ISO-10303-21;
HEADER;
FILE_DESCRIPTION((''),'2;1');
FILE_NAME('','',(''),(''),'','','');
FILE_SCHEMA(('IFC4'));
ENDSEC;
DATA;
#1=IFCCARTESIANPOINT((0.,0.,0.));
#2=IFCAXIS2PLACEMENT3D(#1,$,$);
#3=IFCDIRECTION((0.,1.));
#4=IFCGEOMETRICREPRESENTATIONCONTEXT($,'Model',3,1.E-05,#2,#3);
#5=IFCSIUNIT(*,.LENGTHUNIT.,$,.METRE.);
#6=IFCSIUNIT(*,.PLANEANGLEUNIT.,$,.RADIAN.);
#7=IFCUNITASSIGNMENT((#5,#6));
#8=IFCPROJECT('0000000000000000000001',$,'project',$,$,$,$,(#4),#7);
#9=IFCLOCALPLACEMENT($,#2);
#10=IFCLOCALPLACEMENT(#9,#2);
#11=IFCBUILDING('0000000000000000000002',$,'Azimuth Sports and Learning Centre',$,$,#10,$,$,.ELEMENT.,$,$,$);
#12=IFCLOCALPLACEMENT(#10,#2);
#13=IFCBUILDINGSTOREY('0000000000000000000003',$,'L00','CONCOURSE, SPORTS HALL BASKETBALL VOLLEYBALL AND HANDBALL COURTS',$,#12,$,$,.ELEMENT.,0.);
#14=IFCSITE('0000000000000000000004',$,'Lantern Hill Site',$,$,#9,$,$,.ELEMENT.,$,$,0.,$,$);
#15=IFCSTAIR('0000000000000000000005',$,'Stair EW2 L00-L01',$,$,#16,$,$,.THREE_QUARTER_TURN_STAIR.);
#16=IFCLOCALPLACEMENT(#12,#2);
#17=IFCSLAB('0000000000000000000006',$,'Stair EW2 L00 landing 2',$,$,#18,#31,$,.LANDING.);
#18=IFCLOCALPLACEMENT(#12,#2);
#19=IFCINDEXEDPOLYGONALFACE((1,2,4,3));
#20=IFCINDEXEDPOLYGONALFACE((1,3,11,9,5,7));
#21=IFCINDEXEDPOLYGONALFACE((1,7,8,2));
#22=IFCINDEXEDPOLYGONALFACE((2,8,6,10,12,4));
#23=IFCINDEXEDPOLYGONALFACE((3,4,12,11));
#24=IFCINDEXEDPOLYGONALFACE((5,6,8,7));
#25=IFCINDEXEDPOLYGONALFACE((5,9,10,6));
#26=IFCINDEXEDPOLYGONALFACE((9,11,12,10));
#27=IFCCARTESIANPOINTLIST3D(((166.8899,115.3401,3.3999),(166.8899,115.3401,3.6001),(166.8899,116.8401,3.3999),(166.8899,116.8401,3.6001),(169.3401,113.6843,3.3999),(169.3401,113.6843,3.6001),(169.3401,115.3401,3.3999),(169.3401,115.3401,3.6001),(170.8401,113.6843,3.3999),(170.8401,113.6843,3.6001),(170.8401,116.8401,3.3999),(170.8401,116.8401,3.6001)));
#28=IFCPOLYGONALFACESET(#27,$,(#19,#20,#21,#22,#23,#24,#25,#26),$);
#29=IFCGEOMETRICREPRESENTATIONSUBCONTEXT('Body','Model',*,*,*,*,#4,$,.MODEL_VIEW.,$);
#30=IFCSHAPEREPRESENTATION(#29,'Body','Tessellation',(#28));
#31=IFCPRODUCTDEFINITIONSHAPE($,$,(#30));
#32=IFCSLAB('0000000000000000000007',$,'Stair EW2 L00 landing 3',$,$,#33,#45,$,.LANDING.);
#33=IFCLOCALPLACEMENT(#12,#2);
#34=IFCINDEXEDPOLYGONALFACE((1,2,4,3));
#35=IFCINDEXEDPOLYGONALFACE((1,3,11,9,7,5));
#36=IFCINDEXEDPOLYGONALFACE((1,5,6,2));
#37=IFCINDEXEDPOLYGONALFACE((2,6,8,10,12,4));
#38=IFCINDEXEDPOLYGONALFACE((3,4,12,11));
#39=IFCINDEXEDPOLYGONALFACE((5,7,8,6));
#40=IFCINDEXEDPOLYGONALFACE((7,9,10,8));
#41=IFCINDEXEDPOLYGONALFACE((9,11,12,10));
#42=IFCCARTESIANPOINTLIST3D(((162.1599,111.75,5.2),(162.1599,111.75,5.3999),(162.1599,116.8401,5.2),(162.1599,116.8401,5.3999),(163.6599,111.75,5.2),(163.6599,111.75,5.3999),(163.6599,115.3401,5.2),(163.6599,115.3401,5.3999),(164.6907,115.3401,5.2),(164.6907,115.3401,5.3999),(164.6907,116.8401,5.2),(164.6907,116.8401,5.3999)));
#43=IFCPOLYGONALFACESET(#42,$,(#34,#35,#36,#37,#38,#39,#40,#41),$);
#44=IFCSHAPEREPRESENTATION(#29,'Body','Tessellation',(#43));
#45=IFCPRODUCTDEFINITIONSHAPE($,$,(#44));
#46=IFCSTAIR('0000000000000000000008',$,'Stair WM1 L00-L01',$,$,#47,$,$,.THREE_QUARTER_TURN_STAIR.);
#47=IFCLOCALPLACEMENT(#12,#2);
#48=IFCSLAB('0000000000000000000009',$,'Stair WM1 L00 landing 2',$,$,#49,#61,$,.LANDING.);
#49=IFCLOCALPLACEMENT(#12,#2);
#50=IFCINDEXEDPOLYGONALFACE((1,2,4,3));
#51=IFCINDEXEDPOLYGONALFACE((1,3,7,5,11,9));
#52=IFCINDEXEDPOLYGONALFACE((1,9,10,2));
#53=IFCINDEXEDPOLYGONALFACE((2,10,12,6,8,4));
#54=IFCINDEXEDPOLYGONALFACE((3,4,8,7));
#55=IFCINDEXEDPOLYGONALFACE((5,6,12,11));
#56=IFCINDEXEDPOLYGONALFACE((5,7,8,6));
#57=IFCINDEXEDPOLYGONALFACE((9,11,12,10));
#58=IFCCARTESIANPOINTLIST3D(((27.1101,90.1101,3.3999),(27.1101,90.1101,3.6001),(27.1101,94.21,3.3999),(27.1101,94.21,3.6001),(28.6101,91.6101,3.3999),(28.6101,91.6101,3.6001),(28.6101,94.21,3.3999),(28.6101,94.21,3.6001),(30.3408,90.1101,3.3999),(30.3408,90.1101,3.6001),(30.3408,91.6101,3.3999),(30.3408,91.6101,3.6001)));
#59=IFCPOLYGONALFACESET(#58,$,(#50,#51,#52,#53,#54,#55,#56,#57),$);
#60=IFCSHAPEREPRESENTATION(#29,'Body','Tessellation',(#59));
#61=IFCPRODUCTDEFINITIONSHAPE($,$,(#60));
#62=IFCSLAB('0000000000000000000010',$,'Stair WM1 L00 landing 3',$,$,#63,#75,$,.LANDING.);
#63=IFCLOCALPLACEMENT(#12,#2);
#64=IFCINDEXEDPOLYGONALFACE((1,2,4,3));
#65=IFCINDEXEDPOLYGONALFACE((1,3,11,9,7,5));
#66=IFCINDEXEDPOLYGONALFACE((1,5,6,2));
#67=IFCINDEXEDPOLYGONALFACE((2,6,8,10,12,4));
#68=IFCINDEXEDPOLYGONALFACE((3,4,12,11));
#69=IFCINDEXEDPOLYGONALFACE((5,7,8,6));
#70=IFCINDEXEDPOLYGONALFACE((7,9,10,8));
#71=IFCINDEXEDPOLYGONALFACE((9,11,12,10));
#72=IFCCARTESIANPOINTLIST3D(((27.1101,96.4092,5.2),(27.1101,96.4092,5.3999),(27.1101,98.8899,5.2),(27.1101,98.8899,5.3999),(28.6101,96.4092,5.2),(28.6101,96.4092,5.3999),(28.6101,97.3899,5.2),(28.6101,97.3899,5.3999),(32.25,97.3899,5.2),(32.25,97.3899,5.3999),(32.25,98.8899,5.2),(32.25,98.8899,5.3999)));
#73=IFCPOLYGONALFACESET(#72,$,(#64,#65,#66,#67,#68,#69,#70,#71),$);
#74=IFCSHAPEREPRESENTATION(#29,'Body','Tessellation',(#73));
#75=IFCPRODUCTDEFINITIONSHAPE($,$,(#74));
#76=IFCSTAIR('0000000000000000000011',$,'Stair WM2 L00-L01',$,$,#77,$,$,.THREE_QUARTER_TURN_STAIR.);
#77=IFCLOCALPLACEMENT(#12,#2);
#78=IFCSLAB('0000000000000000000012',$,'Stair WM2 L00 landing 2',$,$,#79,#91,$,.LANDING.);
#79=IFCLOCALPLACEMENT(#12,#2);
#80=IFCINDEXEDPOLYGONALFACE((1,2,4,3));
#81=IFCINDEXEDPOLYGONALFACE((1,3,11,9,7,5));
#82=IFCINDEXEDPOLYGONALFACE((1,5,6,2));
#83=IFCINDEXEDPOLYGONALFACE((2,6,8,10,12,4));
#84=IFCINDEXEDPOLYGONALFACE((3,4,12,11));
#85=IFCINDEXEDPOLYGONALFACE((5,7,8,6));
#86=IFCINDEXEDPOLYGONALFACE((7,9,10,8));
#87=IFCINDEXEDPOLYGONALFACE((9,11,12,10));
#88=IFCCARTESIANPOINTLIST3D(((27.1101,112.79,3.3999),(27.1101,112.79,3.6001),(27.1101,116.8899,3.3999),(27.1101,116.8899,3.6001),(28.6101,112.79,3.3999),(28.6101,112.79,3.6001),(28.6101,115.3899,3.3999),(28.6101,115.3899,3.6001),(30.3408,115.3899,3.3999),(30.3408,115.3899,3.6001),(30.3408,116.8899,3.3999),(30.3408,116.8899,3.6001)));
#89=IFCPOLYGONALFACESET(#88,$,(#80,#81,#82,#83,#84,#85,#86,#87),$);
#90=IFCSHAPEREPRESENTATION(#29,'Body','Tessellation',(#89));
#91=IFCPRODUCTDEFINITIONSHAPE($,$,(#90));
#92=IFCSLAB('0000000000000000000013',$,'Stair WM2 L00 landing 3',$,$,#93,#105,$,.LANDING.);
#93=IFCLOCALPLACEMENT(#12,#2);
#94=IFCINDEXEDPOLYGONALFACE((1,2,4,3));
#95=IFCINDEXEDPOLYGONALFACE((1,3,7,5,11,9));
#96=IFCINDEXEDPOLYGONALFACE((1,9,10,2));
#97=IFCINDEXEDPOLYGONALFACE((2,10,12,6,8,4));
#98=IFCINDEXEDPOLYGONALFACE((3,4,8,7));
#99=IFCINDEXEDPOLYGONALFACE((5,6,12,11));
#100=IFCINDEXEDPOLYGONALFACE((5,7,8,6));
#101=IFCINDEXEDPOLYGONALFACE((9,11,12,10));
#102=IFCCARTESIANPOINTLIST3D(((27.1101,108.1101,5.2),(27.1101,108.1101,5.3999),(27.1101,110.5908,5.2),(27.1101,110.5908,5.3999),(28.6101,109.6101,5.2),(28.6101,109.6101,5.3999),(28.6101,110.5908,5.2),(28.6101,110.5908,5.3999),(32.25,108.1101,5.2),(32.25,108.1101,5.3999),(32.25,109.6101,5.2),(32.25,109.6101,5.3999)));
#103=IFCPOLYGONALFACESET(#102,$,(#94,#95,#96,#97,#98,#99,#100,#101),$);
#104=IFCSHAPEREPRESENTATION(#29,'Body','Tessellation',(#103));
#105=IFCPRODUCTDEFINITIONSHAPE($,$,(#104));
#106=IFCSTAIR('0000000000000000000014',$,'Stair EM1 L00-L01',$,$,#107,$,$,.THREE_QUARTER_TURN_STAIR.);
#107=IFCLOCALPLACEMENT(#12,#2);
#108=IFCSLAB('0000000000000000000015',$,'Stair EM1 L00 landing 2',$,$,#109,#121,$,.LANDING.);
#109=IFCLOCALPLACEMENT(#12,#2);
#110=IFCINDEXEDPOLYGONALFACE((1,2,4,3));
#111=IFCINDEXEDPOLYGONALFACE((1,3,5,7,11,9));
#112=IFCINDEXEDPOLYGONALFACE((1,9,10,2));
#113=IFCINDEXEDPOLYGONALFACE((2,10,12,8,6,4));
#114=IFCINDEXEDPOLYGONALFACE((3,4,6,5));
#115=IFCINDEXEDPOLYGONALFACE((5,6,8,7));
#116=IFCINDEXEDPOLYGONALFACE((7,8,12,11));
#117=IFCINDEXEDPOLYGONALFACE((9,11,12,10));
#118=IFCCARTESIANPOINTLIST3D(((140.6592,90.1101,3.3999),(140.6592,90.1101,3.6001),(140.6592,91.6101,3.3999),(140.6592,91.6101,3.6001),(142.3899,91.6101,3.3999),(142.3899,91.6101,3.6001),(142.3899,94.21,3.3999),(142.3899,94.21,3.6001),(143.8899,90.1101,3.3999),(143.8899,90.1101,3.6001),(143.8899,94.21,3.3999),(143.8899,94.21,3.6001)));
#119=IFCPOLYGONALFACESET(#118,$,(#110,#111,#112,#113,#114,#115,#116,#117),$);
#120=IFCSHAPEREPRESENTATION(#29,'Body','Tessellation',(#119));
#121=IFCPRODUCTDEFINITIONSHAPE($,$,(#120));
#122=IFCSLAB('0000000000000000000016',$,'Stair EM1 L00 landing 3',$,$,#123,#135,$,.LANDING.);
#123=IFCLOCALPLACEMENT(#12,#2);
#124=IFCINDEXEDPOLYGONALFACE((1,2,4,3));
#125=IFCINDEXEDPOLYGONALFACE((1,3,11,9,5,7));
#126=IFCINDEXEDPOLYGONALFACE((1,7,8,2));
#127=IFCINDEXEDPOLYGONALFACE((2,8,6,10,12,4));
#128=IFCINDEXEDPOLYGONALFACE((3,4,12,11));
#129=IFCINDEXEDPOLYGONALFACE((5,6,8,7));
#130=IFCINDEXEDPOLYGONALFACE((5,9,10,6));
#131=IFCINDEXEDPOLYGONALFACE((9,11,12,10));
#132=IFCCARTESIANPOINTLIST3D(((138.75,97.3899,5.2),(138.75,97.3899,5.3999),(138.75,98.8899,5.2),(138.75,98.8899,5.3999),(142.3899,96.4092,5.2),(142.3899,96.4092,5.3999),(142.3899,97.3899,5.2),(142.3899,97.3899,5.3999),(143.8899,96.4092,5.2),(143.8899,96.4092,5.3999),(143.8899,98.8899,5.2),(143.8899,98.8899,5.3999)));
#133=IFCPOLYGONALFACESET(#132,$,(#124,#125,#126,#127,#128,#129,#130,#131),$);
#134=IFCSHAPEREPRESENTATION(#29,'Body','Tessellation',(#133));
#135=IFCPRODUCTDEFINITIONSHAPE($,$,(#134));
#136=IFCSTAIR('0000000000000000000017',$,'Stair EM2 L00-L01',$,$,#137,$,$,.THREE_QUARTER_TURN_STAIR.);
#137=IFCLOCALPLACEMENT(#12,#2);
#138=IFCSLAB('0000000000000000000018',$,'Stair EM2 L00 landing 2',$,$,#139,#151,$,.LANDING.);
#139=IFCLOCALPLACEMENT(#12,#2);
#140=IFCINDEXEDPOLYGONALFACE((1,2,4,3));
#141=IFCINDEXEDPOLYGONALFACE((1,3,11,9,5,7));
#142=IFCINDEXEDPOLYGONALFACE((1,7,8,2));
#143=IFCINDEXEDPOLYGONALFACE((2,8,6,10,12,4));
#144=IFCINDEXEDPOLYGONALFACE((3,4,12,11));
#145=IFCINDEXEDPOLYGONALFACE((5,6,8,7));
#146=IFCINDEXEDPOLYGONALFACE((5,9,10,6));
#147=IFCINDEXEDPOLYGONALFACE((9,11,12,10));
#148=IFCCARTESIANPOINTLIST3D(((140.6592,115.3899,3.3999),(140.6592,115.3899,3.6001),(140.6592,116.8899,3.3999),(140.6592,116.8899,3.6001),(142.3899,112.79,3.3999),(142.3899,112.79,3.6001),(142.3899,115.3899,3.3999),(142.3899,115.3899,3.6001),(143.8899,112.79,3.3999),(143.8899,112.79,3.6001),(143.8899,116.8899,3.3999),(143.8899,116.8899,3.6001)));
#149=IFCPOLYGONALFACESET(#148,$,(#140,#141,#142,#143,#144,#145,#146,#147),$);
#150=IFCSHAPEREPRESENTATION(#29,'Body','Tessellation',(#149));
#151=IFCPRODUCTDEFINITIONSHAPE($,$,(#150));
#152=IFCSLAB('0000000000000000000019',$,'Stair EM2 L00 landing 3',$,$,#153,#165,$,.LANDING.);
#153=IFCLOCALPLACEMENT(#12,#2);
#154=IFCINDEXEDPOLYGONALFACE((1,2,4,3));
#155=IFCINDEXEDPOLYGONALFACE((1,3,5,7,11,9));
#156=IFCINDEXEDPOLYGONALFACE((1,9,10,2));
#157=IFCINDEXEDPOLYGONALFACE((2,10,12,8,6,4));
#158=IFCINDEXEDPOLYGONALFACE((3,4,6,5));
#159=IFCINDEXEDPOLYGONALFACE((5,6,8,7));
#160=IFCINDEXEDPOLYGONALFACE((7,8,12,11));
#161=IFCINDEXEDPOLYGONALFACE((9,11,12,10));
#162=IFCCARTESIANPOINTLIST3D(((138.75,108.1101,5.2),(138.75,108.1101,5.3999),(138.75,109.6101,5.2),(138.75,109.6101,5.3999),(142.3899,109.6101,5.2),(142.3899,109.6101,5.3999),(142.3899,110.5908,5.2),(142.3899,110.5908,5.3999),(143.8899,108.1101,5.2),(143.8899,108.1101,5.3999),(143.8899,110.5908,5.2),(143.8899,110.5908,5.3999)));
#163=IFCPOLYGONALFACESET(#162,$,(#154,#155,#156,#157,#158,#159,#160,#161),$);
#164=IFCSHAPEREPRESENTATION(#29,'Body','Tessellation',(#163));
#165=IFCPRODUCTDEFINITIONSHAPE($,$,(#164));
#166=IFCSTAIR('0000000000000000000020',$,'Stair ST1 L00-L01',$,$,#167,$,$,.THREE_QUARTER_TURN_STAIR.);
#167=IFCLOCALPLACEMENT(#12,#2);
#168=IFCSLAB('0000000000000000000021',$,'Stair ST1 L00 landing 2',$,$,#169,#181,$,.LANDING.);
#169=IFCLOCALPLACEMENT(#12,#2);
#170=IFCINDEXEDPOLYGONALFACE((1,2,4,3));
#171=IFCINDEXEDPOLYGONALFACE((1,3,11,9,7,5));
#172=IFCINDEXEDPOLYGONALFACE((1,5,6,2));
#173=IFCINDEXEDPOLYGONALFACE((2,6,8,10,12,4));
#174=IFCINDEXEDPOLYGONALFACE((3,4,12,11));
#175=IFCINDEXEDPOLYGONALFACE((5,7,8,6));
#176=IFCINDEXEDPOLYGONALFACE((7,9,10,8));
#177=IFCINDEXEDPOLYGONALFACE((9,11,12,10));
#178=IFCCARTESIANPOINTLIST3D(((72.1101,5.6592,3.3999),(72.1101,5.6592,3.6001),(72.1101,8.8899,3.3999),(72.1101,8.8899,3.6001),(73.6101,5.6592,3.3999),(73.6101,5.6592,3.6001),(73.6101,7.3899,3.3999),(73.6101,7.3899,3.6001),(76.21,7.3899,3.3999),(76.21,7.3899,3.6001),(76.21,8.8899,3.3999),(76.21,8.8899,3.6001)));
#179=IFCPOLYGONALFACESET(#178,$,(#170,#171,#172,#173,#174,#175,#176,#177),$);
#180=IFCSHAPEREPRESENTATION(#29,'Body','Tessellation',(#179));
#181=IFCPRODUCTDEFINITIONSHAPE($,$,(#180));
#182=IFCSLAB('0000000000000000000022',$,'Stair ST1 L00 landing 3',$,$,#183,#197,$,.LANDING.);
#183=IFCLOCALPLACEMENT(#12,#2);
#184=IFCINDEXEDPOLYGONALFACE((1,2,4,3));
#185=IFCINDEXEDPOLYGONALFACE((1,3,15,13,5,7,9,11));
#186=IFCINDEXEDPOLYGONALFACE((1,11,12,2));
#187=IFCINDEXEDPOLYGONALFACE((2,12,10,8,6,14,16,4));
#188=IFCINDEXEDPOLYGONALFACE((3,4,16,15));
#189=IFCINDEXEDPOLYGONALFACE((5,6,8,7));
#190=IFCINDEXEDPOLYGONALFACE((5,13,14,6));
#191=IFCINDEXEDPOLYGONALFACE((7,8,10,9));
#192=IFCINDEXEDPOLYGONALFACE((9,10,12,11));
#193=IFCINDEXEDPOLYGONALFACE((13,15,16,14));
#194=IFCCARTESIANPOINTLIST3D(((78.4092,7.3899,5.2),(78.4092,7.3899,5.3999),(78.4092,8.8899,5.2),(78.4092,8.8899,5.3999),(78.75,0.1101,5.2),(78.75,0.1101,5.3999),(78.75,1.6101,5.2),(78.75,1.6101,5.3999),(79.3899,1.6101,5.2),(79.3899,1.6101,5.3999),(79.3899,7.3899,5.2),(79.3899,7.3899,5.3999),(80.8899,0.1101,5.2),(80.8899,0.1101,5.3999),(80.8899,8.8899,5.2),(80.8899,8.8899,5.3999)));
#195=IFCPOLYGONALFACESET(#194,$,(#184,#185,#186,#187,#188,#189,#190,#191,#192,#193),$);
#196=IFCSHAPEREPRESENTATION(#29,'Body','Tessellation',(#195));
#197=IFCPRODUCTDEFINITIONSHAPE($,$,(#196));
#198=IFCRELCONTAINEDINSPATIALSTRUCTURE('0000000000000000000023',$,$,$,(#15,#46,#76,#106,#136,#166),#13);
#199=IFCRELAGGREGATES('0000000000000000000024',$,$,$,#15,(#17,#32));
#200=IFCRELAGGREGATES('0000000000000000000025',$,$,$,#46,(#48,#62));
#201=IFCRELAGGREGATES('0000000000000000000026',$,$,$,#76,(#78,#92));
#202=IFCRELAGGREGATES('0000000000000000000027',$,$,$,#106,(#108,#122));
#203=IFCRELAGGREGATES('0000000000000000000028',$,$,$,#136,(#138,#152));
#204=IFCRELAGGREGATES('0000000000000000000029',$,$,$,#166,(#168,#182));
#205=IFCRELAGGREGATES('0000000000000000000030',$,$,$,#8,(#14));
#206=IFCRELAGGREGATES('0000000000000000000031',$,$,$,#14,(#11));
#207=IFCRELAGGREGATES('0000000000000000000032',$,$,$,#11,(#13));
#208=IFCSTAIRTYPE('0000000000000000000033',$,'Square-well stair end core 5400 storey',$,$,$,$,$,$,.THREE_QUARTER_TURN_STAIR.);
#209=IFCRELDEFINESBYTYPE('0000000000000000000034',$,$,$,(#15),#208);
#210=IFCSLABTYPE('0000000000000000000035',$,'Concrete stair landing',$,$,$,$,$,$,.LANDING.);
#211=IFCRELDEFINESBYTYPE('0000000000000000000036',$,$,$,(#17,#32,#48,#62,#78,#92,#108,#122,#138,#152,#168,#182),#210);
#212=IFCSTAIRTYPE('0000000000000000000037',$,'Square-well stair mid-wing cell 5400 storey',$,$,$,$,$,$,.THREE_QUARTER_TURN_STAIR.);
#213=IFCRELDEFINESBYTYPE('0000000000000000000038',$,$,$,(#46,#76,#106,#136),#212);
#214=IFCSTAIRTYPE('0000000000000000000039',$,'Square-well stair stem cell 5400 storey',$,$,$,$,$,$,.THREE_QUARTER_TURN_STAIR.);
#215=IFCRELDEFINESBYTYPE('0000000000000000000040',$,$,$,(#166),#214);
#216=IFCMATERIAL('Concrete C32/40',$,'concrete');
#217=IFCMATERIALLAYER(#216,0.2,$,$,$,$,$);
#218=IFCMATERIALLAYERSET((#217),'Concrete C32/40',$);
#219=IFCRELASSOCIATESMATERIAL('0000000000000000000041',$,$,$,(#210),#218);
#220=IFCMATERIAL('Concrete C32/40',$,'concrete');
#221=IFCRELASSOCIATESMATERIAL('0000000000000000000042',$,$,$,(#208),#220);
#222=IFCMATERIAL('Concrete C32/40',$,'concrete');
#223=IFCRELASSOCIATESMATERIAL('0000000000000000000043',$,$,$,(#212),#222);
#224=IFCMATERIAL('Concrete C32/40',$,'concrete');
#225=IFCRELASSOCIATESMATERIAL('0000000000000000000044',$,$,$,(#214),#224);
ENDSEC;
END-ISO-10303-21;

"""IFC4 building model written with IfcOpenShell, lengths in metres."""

from ifc_helpers import new_model, si_unit, direction, frame, origin, place, context, subcontext, project, spatial, polyline, outline, extrude, material, layer, layer_set, type_object, element, aggregate, save


model = new_model("IFC4")

# Units and contexts
model_context = context("Model", 3, precision=1e-05, world=origin(), true_north=direction((0.0, 1.0)))
body_context = subcontext(model_context, "Body", "Model", "MODEL_VIEW")
ifc_project = project(units=[si_unit("LENGTHUNIT", "METRE"), si_unit("PLANEANGLEUNIT", "RADIAN")], contexts=[model_context])

# Site, building, storey
site_placement = place(None, origin())
site = spatial("IfcSite", under=ifc_project, at=site_placement, Name="Lantern Hill Site", CompositionType="ELEMENT", RefElevation=0.0)
building_placement = place(site_placement, origin())
building = spatial("IfcBuilding", under=site, at=building_placement, Name="Azimuth Sports and Learning Centre", CompositionType="ELEMENT")
storey_placement = place(building_placement, origin())
storey = spatial("IfcBuildingStorey", under=building, at=storey_placement, Name="L00", Description="CONCOURSE, SPORTS HALL BASKETBALL VOLLEYBALL AND HANDBALL COURTS", CompositionType="ELEMENT", Elevation=0.0)

# Shared definitions
ifc_material_1 = material(Name="Concrete C32/40", Category="concrete")
ifc_layer = layer(ifc_material_1, 0.2)
ifc_layer_set = layer_set([ifc_layer], Name="Concrete C32/40")
slab_type = type_object("IfcSlabType", Name="Concrete stair landing", PredefinedType="LANDING", material=ifc_layer_set)

# Stairs, slabs
ifc_material_2 = material(Name="Concrete C32/40", Category="concrete")
stair_type_1 = type_object("IfcStairType", Name="Square-well stair end core 5400 storey", PredefinedType="THREE_QUARTER_TURN_STAIR", material=ifc_material_2)
stair_1_placement = place(storey_placement, origin())
stair_1 = element("IfcStair", 1, at=stair_1_placement, inside=storey, type_object=stair_type_1, Name="Stair EW2 L00-L01", PredefinedType="THREE_QUARTER_TURN_STAIR")
slab_1_placement = place(storey_placement, frame((0.0, 0.0, 3.3999)))
slab_1 = element("IfcSlab", 2, at=slab_1_placement, type_object=slab_type, Name="Stair EW2 L00 landing 2", PredefinedType="LANDING", context=body_context, shape_type="SweptSolid", body=[
    extrude(outline(polyline([(169.3401, 115.3401), (169.3401, 113.6843), (170.8401, 113.6843), (170.8401, 116.8401), (166.8899, 116.8401), (166.8899, 115.3401), (169.3401, 115.3401)])), origin(), (0.0, 0.0, 1.0), 0.2002),
])
slab_2_placement = place(storey_placement, frame((0.0, 0.0, 5.2)))
slab_2 = element("IfcSlab", 3, at=slab_2_placement, type_object=slab_type, Name="Stair EW2 L00 landing 3", PredefinedType="LANDING", context=body_context, shape_type="SweptSolid", body=[
    extrude(outline(polyline([(163.6599, 115.3401), (164.6907, 115.3401), (164.6907, 116.8401), (162.1599, 116.8401), (162.1599, 111.75), (163.6599, 111.75), (163.6599, 115.3401)])), origin(), (0.0, 0.0, 1.0), 0.2),
])
aggregate(stair_1, [slab_1, slab_2])
ifc_material_3 = material(Name="Concrete C32/40", Category="concrete")
stair_type_2 = type_object("IfcStairType", Name="Square-well stair mid-wing cell 5400 storey", PredefinedType="THREE_QUARTER_TURN_STAIR", material=ifc_material_3)
stair_2_placement = place(storey_placement, origin())
stair_2 = element("IfcStair", 4, at=stair_2_placement, inside=storey, type_object=stair_type_2, Name="Stair WM1 L00-L01", PredefinedType="THREE_QUARTER_TURN_STAIR")
slab_3_placement = place(storey_placement, frame((0.0, 0.0, 3.3999)))
slab_3 = element("IfcSlab", 5, at=slab_3_placement, type_object=slab_type, Name="Stair WM1 L00 landing 2", PredefinedType="LANDING", context=body_context, shape_type="SweptSolid", body=[
    extrude(outline(polyline([(28.6101, 91.6101), (28.6101, 94.21), (27.1101, 94.21), (27.1101, 90.1101), (30.3408, 90.1101), (30.3408, 91.6101), (28.6101, 91.6101)])), origin(), (0.0, 0.0, 1.0), 0.2002),
])
slab_4_placement = place(storey_placement, frame((0.0, 0.0, 5.2)))
slab_4 = element("IfcSlab", 6, at=slab_4_placement, type_object=slab_type, Name="Stair WM1 L00 landing 3", PredefinedType="LANDING", context=body_context, shape_type="SweptSolid", body=[
    extrude(outline(polyline([(28.6101, 97.3899), (32.25, 97.3899), (32.25, 98.8899), (27.1101, 98.8899), (27.1101, 96.4092), (28.6101, 96.4092), (28.6101, 97.3899)])), origin(), (0.0, 0.0, 1.0), 0.2),
])
aggregate(stair_2, [slab_3, slab_4])
stair_3_placement = place(storey_placement, origin())
stair_3 = element("IfcStair", 7, at=stair_3_placement, inside=storey, type_object=stair_type_2, Name="Stair WM2 L00-L01", PredefinedType="THREE_QUARTER_TURN_STAIR")
slab_5_placement = place(storey_placement, frame((0.0, 0.0, 3.3999)))
slab_5 = element("IfcSlab", 8, at=slab_5_placement, type_object=slab_type, Name="Stair WM2 L00 landing 2", PredefinedType="LANDING", context=body_context, shape_type="SweptSolid", body=[
    extrude(outline(polyline([(28.6101, 115.3899), (30.3408, 115.3899), (30.3408, 116.8899), (27.1101, 116.8899), (27.1101, 112.79), (28.6101, 112.79), (28.6101, 115.3899)])), origin(), (0.0, 0.0, 1.0), 0.2002),
])
slab_6_placement = place(storey_placement, frame((0.0, 0.0, 5.2)))
slab_6 = element("IfcSlab", 9, at=slab_6_placement, type_object=slab_type, Name="Stair WM2 L00 landing 3", PredefinedType="LANDING", context=body_context, shape_type="SweptSolid", body=[
    extrude(outline(polyline([(28.6101, 109.6101), (28.6101, 110.5908), (27.1101, 110.5908), (27.1101, 108.1101), (32.25, 108.1101), (32.25, 109.6101), (28.6101, 109.6101)])), origin(), (0.0, 0.0, 1.0), 0.2),
])
aggregate(stair_3, [slab_5, slab_6])
stair_4_placement = place(storey_placement, origin())
stair_4 = element("IfcStair", 10, at=stair_4_placement, inside=storey, type_object=stair_type_2, Name="Stair EM1 L00-L01", PredefinedType="THREE_QUARTER_TURN_STAIR")
slab_7_placement = place(storey_placement, frame((0.0, 0.0, 3.3999)))
slab_7 = element("IfcSlab", 11, at=slab_7_placement, type_object=slab_type, Name="Stair EM1 L00 landing 2", PredefinedType="LANDING", context=body_context, shape_type="SweptSolid", body=[
    extrude(outline(polyline([(142.3899, 91.6101), (140.6592, 91.6101), (140.6592, 90.1101), (143.8899, 90.1101), (143.8899, 94.21), (142.3899, 94.21), (142.3899, 91.6101)])), origin(), (0.0, 0.0, 1.0), 0.2002),
])
slab_8_placement = place(storey_placement, frame((0.0, 0.0, 5.2)))
slab_8 = element("IfcSlab", 12, at=slab_8_placement, type_object=slab_type, Name="Stair EM1 L00 landing 3", PredefinedType="LANDING", context=body_context, shape_type="SweptSolid", body=[
    extrude(outline(polyline([(142.3899, 97.3899), (142.3899, 96.4092), (143.8899, 96.4092), (143.8899, 98.8899), (138.75, 98.8899), (138.75, 97.3899), (142.3899, 97.3899)])), origin(), (0.0, 0.0, 1.0), 0.2),
])
aggregate(stair_4, [slab_7, slab_8])
stair_5_placement = place(storey_placement, origin())
stair_5 = element("IfcStair", 13, at=stair_5_placement, inside=storey, type_object=stair_type_2, Name="Stair EM2 L00-L01", PredefinedType="THREE_QUARTER_TURN_STAIR")
slab_9_placement = place(storey_placement, frame((0.0, 0.0, 3.3999)))
slab_9 = element("IfcSlab", 14, at=slab_9_placement, type_object=slab_type, Name="Stair EM2 L00 landing 2", PredefinedType="LANDING", context=body_context, shape_type="SweptSolid", body=[
    extrude(outline(polyline([(142.3899, 115.3899), (142.3899, 112.79), (143.8899, 112.79), (143.8899, 116.8899), (140.6592, 116.8899), (140.6592, 115.3899), (142.3899, 115.3899)])), origin(), (0.0, 0.0, 1.0), 0.2002),
])
slab_10_placement = place(storey_placement, frame((0.0, 0.0, 5.2)))
slab_10 = element("IfcSlab", 15, at=slab_10_placement, type_object=slab_type, Name="Stair EM2 L00 landing 3", PredefinedType="LANDING", context=body_context, shape_type="SweptSolid", body=[
    extrude(outline(polyline([(142.3899, 109.6101), (138.75, 109.6101), (138.75, 108.1101), (143.8899, 108.1101), (143.8899, 110.5908), (142.3899, 110.5908), (142.3899, 109.6101)])), origin(), (0.0, 0.0, 1.0), 0.2),
])
aggregate(stair_5, [slab_9, slab_10])
ifc_material_4 = material(Name="Concrete C32/40", Category="concrete")
stair_type_3 = type_object("IfcStairType", Name="Square-well stair stem cell 5400 storey", PredefinedType="THREE_QUARTER_TURN_STAIR", material=ifc_material_4)
stair_6_placement = place(storey_placement, origin())
stair_6 = element("IfcStair", 16, at=stair_6_placement, inside=storey, type_object=stair_type_3, Name="Stair ST1 L00-L01", PredefinedType="THREE_QUARTER_TURN_STAIR")
slab_11_placement = place(storey_placement, frame((0.0, 0.0, 3.3999)))
slab_11 = element("IfcSlab", 17, at=slab_11_placement, type_object=slab_type, Name="Stair ST1 L00 landing 2", PredefinedType="LANDING", context=body_context, shape_type="SweptSolid", body=[
    extrude(outline(polyline([(73.6101, 7.3899), (76.21, 7.3899), (76.21, 8.8899), (72.1101, 8.8899), (72.1101, 5.6592), (73.6101, 5.6592), (73.6101, 7.3899)])), origin(), (0.0, 0.0, 1.0), 0.2002),
])
slab_12_placement = place(storey_placement, frame((0.0, 0.0, 5.2)))
slab_12 = element("IfcSlab", 18, at=slab_12_placement, type_object=slab_type, Name="Stair ST1 L00 landing 3", PredefinedType="LANDING", context=body_context, shape_type="SweptSolid", body=[
    extrude(outline(polyline([(79.3899, 7.3899), (79.3899, 1.6101), (78.75, 1.6101), (78.75, 0.1101), (80.8899, 0.1101), (80.8899, 8.8899), (78.4092, 8.8899), (78.4092, 7.3899), (79.3899, 7.3899)])), origin(), (0.0, 0.0, 1.0), 0.2),
])
aggregate(stair_6, [slab_11, slab_12])

save(model, "model.ifc")
